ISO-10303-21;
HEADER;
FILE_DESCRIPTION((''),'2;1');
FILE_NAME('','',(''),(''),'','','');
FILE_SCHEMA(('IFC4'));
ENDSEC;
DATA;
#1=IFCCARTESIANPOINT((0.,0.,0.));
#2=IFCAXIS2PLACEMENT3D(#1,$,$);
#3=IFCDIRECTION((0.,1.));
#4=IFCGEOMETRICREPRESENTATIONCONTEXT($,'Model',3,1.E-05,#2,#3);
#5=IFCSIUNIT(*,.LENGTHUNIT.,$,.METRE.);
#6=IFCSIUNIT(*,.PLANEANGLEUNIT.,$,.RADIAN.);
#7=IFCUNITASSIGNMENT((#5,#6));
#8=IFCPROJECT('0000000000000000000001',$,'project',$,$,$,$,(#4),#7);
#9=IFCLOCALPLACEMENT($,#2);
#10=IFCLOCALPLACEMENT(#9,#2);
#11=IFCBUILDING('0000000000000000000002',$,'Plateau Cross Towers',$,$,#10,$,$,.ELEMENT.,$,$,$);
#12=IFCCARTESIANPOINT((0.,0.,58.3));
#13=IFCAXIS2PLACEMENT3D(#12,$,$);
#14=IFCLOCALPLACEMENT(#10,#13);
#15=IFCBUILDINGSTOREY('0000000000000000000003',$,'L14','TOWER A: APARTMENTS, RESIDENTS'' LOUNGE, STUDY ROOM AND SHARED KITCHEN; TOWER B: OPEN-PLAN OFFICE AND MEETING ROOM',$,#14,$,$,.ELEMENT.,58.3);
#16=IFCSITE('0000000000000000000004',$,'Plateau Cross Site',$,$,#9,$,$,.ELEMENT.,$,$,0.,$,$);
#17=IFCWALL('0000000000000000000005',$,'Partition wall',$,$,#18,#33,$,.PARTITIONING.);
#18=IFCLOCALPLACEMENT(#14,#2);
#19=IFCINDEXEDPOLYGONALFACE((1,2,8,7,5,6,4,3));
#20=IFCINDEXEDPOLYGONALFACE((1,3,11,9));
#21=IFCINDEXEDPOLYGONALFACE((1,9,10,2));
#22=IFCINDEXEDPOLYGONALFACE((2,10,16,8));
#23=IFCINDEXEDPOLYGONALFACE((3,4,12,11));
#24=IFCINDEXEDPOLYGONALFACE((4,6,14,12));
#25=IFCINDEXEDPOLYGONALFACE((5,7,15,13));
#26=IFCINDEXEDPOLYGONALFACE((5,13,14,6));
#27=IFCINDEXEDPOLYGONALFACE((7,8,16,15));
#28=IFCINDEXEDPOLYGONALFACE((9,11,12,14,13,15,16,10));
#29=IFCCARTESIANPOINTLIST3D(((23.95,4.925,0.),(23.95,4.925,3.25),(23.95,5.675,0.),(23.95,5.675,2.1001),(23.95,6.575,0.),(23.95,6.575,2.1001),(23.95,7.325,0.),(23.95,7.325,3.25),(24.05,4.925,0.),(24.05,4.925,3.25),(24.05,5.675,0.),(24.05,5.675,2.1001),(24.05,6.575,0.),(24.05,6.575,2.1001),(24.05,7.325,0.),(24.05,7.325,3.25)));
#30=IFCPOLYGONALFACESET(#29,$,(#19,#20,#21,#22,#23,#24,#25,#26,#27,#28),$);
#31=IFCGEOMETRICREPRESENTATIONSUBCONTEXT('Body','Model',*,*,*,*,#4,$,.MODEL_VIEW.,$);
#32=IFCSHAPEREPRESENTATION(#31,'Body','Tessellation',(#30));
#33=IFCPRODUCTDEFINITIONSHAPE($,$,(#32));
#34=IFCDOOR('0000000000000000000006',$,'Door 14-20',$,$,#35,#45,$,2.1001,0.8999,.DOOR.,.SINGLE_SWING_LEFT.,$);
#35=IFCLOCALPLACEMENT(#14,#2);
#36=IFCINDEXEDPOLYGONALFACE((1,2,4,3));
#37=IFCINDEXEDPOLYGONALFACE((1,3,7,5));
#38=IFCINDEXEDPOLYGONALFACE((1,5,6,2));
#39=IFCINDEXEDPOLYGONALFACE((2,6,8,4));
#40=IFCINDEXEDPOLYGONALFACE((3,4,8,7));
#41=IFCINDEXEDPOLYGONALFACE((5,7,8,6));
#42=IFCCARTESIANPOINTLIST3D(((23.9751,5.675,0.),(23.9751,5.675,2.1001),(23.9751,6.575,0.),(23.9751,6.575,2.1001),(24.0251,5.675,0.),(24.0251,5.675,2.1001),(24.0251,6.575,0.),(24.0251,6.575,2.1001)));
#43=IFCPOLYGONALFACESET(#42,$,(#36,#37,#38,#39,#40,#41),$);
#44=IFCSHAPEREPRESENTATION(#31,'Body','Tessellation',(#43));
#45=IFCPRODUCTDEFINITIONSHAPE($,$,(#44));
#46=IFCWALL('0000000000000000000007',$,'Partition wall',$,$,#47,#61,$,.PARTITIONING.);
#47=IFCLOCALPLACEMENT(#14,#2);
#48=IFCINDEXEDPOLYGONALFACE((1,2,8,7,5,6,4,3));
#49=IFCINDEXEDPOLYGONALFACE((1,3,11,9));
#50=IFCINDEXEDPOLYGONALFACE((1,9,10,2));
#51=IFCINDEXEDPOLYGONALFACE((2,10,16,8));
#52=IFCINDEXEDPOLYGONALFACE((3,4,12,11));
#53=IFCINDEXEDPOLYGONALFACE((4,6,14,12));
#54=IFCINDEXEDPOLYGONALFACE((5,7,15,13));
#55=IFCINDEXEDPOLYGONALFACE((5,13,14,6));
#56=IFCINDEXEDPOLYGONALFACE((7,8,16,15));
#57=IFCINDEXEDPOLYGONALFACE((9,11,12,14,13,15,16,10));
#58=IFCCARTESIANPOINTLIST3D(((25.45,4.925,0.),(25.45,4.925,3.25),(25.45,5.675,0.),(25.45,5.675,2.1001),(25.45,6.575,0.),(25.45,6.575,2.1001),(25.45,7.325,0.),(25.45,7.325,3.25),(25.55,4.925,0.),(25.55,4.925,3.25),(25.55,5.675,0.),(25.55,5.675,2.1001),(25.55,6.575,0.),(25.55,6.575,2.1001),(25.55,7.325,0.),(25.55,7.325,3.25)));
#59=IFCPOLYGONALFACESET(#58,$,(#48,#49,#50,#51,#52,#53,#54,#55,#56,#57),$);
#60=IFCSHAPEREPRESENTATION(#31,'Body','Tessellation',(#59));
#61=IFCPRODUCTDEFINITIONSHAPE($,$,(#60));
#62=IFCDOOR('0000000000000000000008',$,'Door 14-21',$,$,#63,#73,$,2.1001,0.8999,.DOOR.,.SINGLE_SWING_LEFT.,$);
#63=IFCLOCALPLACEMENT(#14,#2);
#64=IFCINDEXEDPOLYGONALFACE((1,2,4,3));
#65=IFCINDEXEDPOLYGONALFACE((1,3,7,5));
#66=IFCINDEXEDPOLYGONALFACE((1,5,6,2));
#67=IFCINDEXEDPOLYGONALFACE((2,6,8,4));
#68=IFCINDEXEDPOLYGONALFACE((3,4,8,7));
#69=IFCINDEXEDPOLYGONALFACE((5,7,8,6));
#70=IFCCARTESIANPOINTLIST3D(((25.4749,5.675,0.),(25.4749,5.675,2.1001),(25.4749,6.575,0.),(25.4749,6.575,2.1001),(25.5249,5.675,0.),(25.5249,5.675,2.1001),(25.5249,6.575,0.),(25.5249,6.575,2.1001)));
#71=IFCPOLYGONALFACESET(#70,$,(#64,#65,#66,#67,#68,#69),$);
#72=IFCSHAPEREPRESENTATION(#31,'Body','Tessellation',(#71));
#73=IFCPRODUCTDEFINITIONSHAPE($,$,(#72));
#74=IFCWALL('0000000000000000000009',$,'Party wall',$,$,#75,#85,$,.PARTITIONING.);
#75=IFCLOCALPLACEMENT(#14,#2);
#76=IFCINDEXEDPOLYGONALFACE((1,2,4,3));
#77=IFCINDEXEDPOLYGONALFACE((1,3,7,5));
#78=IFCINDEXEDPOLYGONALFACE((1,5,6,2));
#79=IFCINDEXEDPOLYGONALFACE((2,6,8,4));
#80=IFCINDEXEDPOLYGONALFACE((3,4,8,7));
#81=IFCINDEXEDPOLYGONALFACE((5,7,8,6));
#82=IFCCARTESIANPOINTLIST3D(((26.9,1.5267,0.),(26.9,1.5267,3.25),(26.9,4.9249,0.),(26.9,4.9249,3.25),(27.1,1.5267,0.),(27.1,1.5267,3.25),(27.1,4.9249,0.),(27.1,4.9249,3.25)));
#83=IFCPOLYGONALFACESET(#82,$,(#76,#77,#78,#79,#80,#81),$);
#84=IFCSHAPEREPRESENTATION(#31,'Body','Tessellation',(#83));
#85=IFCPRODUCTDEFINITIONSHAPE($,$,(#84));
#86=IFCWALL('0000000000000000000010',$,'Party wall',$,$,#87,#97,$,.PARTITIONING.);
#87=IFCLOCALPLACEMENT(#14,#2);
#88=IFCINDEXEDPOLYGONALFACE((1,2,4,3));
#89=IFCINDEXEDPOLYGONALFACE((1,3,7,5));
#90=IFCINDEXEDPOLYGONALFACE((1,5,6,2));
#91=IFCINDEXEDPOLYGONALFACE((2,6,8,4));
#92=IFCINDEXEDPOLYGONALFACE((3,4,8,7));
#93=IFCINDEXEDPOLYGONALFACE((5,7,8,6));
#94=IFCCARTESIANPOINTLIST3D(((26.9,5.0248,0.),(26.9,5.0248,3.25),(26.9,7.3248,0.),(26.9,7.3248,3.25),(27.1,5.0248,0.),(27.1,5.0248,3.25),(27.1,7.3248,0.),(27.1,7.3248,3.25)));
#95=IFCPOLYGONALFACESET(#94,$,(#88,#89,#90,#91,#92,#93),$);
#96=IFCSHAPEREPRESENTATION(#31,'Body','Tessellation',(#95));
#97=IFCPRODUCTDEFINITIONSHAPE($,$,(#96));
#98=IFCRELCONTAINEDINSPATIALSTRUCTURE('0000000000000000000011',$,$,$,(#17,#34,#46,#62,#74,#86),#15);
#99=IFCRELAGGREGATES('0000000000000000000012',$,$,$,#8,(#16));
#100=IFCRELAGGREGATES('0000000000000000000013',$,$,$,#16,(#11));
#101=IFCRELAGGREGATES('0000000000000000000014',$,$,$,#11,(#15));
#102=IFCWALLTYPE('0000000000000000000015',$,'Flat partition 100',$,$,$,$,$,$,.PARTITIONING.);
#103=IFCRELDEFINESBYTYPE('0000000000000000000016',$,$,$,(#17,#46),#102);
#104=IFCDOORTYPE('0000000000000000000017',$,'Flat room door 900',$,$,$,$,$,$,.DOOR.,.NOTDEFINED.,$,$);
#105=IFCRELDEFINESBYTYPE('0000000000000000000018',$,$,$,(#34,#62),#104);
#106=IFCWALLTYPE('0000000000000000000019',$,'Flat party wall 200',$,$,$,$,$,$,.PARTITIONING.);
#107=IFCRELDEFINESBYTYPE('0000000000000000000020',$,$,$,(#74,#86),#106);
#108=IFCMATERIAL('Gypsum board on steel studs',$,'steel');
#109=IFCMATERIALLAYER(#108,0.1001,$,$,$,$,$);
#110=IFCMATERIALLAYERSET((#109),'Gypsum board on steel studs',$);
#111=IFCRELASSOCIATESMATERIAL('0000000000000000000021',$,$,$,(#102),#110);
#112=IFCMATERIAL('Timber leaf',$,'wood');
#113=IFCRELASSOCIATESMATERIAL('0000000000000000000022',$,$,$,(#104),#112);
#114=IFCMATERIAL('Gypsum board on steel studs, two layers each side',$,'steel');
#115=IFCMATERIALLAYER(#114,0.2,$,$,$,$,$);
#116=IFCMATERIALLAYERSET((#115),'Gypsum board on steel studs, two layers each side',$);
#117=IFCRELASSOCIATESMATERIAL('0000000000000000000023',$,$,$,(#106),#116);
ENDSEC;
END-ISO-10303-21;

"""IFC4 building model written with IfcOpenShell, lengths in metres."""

from ifc_helpers import new_model, si_unit, direction, frame, frame_2d, origin, place, context, subcontext, project, spatial, rectangle, extrude, material, layer, layer_set, type_object, element, fill, save


model = new_model("IFC4")

# Units and contexts
model_context = context("Model", 3, precision=1e-05, world=origin(), true_north=direction((0.0, 1.0)))
body_context = subcontext(model_context, "Body", "Model", "MODEL_VIEW")
ifc_project = project(units=[si_unit("LENGTHUNIT", "METRE"), si_unit("PLANEANGLEUNIT", "RADIAN")], contexts=[model_context])

# Site, building, storey
site_placement = place(None, origin())
site = spatial("IfcSite", under=ifc_project, at=site_placement, Name="Plateau Cross Site", CompositionType="ELEMENT", RefElevation=0.0)
building_placement = place(site_placement, origin())
building = spatial("IfcBuilding", under=site, at=building_placement, Name="Plateau Cross Towers", CompositionType="ELEMENT")
storey_placement = place(building_placement, frame((0.0, 0.0, 58.3)))
storey = spatial("IfcBuildingStorey", under=building, at=storey_placement, Name="L14", Description="TOWER A: APARTMENTS, RESIDENTS' LOUNGE, STUDY ROOM AND SHARED KITCHEN; TOWER B: OPEN-PLAN OFFICE AND MEETING ROOM", CompositionType="ELEMENT", Elevation=58.3)

# Shared definitions
ifc_material_1 = material(Name="Gypsum board on steel studs", Category="steel")
ifc_layer_1 = layer(ifc_material_1, 0.1001)
ifc_layer_set_1 = layer_set([ifc_layer_1], Name="Gypsum board on steel studs")
wall_type_1 = type_object("IfcWallType", Name="Flat partition 100", PredefinedType="PARTITIONING", material=ifc_layer_set_1)

# Walls, openings, doors
wall_1_placement = place(storey_placement, frame((24.0, 4.925, 0.0), z_axis=(0.0, 0.0, 1.0), x_axis=(0.0, 1.0, 0.0)))
wall_1 = element("IfcWall", 1, at=wall_1_placement, inside=storey, type_object=wall_type_1, Name="Partition wall", PredefinedType="PARTITIONING", context=body_context, shape_type="SweptSolid", body=[
    extrude(rectangle(XDim=2.3999, YDim=0.1001, at=frame_2d((1.2, 0.0))), origin(), (0.0, 0.0, 1.0), 3.25),
])
opening_1_placement = place(wall_1_placement, frame((0.75, 0.0, 0.0)))
opening_1 = element("IfcOpeningElement", 2, at=opening_1_placement, cuts=wall_1, PredefinedType="OPENING", context=body_context, shape_type="SweptSolid", body=[
    extrude(rectangle(XDim=0.8999, YDim=2.1001, at=frame_2d((0.45, 1.05))), frame((0.0, 0.0601, 0.0), z_axis=(0.0, -1.0, 0.0), x_axis=(1.0, 0.0, 0.0)), (0.0, 0.0, 1.0), 0.1201),
])
ifc_material_2 = material(Name="Timber leaf", Category="wood")
door_type_1 = type_object("IfcDoorType", Name="Flat room door 900", OperationType="NOTDEFINED", PredefinedType="DOOR", material=ifc_material_2)
door_1_placement = place(opening_1_placement, origin())
door_1 = element("IfcDoor", 3, at=door_1_placement, inside=storey, type_object=door_type_1, Name="Door 14-20", OperationType="SINGLE_SWING_LEFT", OverallHeight=2.1001, OverallWidth=0.8999, PredefinedType="DOOR", context=body_context, shape_type="SweptSolid", body=[
    extrude(rectangle(XDim=0.8999, YDim=2.1001, at=frame_2d((0.45, 1.05))), frame((0.0, 0.0249, 0.0), z_axis=(0.0, -1.0, 0.0), x_axis=(1.0, 0.0, 0.0)), (0.0, 0.0, 1.0), 0.05),
])
fill(opening_1, door_1)
wall_2_placement = place(storey_placement, frame((25.5, 7.325, 0.0), z_axis=(0.0, 0.0, 1.0), x_axis=(0.0, -1.0, 0.0)))
wall_2 = element("IfcWall", 4, at=wall_2_placement, inside=storey, type_object=wall_type_1, Name="Partition wall", PredefinedType="PARTITIONING", context=body_context, shape_type="SweptSolid", body=[
    extrude(rectangle(XDim=2.3999, YDim=0.1001, at=frame_2d((1.2, 0.0))), origin(), (0.0, 0.0, 1.0), 3.25),
])
opening_2_placement = place(wall_2_placement, frame((0.75, 0.0, 0.0)))
opening_2 = element("IfcOpeningElement", 5, at=opening_2_placement, cuts=wall_2, PredefinedType="OPENING", context=body_context, shape_type="SweptSolid", body=[
    extrude(rectangle(XDim=0.8999, YDim=2.1001, at=frame_2d((0.45, 1.05))), frame((0.0, 0.0601, 0.0), z_axis=(0.0, -1.0, 0.0), x_axis=(1.0, 0.0, 0.0)), (0.0, 0.0, 1.0), 0.1201),
])
door_2_placement = place(opening_2_placement, origin())
door_2 = element("IfcDoor", 6, at=door_2_placement, inside=storey, type_object=door_type_1, Name="Door 14-21", OperationType="SINGLE_SWING_LEFT", OverallHeight=2.1001, OverallWidth=0.8999, PredefinedType="DOOR", context=body_context, shape_type="SweptSolid", body=[
    extrude(rectangle(XDim=0.8999, YDim=2.1001, at=frame_2d((0.45, 1.05))), frame((0.0, 0.0249, 0.0), z_axis=(0.0, -1.0, 0.0), x_axis=(1.0, 0.0, 0.0)), (0.0, 0.0, 1.0), 0.05),
])
fill(opening_2, door_2)

# Walls
ifc_material_3 = material(Name="Gypsum board on steel studs, two layers each side", Category="steel")
ifc_layer_2 = layer(ifc_material_3, 0.2)
ifc_layer_set_2 = layer_set([ifc_layer_2], Name="Gypsum board on steel studs, two layers each side")
wall_type_2 = type_object("IfcWallType", Name="Flat party wall 200", PredefinedType="PARTITIONING", material=ifc_layer_set_2)
wall_3_placement = place(storey_placement, frame((27.0, 4.925, 0.0), z_axis=(0.0, 0.0, 1.0), x_axis=(0.0, -1.0, 0.0)))
element("IfcWall", 7, at=wall_3_placement, inside=storey, type_object=wall_type_2, Name="Party wall", PredefinedType="PARTITIONING", context=body_context, shape_type="SweptSolid", body=[
    extrude(rectangle(XDim=3.3982, YDim=0.2, at=frame_2d((1.6992, 0.0))), origin(), (0.0, 0.0, 1.0), 3.25),
])
wall_4_placement = place(storey_placement, frame((27.0, 5.0249, 0.0), z_axis=(0.0, 0.0, 1.0), x_axis=(0.0, 1.0, 0.0)))
element("IfcWall", 8, at=wall_4_placement, inside=storey, type_object=wall_type_2, Name="Party wall", PredefinedType="PARTITIONING", context=body_context, shape_type="SweptSolid", body=[
    extrude(rectangle(XDim=2.3, YDim=0.2, at=frame_2d((1.1499, 0.0))), origin(), (0.0, 0.0, 1.0), 3.25),
])

save(model, "model.ifc")
